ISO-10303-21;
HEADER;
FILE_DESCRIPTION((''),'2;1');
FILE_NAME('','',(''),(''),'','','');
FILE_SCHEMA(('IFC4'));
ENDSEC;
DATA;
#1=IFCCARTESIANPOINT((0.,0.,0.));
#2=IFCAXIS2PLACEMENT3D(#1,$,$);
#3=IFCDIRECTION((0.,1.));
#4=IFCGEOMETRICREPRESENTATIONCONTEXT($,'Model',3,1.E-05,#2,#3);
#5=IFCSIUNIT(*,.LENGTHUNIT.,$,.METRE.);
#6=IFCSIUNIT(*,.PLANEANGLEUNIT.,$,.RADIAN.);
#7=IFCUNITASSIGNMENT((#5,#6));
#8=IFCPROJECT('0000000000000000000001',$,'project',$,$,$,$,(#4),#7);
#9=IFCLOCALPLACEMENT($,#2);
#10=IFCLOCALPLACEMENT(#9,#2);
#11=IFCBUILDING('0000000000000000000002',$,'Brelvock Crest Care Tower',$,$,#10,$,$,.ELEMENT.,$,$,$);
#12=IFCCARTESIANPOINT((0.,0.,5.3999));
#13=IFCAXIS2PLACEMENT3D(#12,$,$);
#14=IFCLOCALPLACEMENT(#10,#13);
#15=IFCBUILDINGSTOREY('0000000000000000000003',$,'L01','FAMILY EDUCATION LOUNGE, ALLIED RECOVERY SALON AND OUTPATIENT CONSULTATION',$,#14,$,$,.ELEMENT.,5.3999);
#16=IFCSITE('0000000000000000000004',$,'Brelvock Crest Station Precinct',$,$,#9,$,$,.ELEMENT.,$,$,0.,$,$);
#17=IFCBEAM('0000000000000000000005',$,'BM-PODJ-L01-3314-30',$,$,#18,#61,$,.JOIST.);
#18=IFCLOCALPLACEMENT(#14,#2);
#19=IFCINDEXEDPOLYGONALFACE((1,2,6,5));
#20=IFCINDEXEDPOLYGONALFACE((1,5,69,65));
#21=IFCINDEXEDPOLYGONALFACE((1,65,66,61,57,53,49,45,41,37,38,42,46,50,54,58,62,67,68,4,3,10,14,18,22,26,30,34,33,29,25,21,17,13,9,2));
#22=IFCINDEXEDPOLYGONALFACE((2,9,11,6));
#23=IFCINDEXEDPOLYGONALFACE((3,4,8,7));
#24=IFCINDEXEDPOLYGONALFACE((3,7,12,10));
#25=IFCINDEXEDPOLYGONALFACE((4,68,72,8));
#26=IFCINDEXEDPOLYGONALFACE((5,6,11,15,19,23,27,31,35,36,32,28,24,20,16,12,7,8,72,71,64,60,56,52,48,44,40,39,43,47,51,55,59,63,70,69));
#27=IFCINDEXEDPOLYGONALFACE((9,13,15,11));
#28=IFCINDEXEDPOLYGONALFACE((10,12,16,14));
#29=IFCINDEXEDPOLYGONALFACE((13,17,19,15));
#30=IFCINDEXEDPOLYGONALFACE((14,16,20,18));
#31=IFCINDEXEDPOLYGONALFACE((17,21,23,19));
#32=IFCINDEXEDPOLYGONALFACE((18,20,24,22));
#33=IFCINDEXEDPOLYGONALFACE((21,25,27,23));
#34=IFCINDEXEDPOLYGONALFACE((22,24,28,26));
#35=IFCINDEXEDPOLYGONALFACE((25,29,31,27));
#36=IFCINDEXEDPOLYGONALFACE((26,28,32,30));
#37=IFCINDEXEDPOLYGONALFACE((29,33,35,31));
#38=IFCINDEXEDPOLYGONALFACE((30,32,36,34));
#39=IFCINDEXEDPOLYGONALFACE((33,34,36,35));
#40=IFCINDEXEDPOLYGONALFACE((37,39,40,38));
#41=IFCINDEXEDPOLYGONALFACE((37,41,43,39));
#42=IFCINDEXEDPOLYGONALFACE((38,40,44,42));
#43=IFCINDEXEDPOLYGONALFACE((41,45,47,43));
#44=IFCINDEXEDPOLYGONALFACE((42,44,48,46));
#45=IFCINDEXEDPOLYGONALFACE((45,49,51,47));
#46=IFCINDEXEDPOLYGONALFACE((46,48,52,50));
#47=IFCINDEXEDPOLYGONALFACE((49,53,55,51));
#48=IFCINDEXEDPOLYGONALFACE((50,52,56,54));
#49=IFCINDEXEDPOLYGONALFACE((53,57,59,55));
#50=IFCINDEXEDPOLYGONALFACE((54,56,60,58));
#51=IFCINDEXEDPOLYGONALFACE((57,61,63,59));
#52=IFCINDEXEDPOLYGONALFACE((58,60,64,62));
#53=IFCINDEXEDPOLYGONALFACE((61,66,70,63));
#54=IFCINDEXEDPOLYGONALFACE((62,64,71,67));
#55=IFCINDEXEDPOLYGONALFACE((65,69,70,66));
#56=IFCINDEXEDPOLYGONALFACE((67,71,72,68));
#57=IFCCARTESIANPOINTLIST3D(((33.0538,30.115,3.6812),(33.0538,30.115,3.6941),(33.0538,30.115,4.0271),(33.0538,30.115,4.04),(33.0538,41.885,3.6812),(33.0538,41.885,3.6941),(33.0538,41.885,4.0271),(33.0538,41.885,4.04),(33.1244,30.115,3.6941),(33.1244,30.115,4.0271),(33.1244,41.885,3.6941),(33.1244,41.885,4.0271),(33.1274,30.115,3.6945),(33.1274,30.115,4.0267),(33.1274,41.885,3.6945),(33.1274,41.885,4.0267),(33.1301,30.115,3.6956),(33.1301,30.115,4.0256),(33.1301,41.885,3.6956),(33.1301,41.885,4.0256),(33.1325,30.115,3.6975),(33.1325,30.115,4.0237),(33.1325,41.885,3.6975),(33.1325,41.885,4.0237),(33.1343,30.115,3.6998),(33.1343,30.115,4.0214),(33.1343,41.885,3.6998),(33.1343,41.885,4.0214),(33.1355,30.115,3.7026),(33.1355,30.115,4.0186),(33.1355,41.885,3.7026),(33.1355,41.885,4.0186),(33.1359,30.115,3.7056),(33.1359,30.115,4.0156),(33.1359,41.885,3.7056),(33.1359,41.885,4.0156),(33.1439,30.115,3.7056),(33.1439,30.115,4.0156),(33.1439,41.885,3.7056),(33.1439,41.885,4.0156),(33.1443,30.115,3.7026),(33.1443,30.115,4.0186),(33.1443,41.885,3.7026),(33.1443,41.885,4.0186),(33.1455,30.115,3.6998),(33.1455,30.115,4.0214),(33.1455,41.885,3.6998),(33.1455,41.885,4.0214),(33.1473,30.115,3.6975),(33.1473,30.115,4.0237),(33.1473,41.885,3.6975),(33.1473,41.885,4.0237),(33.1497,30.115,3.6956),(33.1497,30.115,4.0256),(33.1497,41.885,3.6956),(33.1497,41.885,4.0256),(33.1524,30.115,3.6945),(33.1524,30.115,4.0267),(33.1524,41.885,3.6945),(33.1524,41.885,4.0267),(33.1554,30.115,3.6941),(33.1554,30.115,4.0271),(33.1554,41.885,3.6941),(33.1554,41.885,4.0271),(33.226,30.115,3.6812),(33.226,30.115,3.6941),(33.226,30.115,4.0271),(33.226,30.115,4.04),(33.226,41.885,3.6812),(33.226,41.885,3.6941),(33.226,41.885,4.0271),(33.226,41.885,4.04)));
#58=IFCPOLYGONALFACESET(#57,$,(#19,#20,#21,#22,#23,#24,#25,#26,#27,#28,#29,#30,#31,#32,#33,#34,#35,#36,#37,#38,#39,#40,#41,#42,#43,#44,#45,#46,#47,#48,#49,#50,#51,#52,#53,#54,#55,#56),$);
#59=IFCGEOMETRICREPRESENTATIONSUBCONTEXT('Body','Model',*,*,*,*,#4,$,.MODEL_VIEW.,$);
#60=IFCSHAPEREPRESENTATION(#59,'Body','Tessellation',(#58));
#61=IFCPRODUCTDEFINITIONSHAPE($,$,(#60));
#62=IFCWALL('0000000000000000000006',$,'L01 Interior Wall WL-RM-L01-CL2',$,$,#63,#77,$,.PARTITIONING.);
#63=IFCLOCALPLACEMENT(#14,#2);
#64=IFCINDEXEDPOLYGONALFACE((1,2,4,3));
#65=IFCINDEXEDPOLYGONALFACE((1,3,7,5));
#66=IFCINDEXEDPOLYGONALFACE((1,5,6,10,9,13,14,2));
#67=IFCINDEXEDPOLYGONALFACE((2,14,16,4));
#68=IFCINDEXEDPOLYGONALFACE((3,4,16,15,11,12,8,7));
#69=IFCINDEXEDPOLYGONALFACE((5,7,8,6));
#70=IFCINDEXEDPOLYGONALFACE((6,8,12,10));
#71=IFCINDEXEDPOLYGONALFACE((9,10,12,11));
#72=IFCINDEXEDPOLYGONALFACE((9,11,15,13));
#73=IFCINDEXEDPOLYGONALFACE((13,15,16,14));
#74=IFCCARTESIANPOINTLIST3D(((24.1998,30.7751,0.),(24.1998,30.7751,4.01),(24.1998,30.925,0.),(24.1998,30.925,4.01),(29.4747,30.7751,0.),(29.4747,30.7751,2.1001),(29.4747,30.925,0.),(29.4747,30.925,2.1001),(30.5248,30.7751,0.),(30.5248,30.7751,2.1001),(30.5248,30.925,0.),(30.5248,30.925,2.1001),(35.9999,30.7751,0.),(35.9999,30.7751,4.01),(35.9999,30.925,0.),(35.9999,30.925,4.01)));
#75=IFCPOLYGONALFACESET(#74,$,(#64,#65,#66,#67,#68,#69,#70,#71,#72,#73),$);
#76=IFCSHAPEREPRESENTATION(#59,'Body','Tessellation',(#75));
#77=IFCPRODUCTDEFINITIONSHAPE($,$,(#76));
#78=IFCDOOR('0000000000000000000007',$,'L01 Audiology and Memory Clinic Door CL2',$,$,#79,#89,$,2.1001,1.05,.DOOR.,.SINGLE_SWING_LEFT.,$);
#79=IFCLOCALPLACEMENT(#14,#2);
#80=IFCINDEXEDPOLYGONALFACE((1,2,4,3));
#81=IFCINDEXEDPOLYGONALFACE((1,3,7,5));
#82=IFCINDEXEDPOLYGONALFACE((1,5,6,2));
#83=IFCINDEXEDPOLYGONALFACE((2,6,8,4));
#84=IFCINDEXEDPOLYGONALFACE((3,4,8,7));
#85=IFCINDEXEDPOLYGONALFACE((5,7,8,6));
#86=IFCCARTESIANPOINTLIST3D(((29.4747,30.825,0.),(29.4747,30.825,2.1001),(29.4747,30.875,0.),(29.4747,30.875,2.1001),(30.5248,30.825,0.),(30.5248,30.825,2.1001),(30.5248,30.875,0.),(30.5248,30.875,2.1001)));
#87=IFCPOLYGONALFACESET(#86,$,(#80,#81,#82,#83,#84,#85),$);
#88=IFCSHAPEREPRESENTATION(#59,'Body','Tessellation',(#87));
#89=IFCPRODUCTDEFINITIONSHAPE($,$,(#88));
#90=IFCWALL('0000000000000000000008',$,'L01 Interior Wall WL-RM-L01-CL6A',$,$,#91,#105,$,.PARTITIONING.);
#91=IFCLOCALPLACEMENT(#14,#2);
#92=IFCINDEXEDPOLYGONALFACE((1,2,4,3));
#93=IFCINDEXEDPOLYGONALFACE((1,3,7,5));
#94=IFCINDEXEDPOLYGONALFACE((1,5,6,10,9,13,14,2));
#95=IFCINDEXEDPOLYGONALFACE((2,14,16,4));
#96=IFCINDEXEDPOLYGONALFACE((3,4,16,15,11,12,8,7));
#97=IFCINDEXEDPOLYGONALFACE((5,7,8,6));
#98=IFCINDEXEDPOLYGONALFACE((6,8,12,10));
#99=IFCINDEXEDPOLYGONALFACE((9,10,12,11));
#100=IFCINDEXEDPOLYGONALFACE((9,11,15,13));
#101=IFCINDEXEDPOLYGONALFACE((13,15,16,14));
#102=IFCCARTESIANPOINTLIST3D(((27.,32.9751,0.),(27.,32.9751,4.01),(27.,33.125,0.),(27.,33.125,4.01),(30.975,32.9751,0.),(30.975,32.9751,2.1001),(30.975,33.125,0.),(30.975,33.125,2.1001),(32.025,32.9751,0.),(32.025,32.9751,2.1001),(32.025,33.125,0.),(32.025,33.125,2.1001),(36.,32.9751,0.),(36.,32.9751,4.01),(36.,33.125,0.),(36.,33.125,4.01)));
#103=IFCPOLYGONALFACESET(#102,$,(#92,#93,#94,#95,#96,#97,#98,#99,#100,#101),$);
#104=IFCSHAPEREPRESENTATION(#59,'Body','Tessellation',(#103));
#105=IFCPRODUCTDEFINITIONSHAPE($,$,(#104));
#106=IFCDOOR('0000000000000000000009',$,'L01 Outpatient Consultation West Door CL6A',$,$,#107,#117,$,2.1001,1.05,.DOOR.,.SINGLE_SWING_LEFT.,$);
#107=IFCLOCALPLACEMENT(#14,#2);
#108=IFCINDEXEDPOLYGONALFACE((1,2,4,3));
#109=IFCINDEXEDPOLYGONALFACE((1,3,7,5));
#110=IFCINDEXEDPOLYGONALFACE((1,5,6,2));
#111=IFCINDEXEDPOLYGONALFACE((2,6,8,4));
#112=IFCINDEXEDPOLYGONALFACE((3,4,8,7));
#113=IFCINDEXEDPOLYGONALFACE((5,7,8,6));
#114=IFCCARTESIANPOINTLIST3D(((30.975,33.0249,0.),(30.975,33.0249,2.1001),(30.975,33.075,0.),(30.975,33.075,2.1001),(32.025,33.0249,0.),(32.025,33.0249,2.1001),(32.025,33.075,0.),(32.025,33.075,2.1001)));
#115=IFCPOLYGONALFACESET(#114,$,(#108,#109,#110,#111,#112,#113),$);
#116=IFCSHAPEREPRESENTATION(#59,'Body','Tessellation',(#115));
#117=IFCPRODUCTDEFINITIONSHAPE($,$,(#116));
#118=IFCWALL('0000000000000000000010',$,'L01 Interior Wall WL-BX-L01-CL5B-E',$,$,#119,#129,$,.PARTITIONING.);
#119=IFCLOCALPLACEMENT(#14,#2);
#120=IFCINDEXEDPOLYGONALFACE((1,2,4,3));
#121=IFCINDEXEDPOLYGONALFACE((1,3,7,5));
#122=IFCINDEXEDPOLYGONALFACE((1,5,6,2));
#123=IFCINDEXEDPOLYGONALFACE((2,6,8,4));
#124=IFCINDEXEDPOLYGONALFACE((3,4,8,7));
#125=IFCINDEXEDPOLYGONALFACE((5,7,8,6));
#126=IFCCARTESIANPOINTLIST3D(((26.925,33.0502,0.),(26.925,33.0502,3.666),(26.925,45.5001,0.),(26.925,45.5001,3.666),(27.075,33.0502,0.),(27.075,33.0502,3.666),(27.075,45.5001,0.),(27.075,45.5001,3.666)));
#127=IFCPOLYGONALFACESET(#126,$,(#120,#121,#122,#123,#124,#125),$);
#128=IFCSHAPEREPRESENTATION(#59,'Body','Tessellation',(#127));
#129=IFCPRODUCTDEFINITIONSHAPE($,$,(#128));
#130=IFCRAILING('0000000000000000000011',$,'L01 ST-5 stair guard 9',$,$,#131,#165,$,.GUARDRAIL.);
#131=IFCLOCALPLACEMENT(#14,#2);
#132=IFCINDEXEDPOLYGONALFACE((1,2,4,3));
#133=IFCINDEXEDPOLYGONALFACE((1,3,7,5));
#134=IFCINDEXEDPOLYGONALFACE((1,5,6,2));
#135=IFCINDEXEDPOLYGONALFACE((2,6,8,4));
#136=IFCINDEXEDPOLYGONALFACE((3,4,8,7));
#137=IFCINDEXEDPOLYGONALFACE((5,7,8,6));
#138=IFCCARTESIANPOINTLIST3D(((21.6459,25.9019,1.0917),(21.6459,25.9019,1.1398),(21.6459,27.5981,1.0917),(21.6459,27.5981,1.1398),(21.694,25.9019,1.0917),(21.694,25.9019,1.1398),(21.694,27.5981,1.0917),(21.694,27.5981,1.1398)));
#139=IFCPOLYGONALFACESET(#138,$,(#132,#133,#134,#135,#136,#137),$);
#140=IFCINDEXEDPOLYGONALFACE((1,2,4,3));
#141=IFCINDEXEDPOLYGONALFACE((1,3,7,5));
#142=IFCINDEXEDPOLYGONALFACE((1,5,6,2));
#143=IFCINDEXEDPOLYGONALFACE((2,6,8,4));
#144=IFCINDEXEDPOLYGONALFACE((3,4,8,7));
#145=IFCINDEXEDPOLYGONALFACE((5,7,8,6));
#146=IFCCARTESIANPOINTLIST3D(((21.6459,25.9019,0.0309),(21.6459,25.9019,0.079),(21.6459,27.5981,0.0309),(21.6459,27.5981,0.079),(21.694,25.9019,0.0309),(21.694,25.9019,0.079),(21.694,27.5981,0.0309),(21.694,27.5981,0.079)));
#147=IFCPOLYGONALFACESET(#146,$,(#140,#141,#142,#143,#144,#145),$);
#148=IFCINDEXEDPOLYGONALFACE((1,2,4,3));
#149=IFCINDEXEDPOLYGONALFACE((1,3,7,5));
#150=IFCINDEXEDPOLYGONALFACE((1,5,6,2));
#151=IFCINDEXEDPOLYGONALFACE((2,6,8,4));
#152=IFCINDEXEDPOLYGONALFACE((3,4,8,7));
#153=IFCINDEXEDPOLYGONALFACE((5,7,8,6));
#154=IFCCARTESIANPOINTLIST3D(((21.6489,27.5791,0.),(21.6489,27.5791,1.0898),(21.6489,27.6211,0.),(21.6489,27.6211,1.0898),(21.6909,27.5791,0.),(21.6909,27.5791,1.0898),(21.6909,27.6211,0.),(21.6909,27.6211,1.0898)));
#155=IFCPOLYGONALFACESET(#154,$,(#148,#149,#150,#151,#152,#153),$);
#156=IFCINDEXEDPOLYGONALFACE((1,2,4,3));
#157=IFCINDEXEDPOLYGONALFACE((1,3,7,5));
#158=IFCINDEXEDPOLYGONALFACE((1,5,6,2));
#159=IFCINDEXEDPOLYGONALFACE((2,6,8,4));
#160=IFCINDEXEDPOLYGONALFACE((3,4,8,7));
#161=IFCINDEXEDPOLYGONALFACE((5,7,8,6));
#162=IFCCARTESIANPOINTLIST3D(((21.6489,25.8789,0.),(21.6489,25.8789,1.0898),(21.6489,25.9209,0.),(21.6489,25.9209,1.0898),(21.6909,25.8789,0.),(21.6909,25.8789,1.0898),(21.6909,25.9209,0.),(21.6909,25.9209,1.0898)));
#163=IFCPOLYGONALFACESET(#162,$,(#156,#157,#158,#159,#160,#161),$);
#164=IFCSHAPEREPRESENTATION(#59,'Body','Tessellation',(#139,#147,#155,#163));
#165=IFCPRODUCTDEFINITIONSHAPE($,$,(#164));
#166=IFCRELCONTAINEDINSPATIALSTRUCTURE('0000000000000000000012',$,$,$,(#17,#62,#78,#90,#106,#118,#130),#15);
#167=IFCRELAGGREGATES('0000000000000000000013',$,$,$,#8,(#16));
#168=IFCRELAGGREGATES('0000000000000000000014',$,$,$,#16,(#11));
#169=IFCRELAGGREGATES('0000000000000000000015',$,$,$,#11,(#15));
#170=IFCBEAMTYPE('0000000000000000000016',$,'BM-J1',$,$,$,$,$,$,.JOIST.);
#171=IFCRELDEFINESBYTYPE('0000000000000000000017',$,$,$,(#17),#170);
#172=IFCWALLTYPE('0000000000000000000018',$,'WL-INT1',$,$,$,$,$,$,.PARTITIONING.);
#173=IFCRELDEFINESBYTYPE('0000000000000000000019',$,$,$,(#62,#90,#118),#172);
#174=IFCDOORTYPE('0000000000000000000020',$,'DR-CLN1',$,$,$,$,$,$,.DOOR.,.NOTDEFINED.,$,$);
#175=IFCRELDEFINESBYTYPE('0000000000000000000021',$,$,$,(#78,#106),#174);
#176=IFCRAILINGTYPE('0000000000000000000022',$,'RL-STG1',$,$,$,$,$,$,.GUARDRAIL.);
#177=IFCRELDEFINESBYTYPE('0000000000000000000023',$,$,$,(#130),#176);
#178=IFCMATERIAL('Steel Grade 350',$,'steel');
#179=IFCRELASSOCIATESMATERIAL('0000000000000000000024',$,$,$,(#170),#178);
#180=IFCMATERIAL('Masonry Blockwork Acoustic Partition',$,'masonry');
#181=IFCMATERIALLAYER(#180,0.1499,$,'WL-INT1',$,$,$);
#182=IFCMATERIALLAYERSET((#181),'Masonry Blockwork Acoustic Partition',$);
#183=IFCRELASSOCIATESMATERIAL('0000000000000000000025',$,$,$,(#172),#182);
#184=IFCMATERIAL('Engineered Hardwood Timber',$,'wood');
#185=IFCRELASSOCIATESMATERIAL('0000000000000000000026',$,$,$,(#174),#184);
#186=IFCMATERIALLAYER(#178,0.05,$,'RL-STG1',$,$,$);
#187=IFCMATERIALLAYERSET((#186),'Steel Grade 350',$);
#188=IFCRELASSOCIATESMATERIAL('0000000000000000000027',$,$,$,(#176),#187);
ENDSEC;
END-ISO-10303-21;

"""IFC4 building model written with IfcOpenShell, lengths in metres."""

from ifc_helpers import new_model, si_unit, direction, frame, frame_2d, origin, origin_2d, place, context, subcontext, project, spatial, rectangle, i_section, extrude, source, transform, mapped, material, layer, layer_set, material_profile, profile_set, type_object, element, fill, save


model = new_model("IFC4")

# Units and contexts
model_context = context("Model", 3, precision=1e-05, world=origin(), true_north=direction((0.0, 1.0)))
body_context = subcontext(model_context, "Body", "Model", "MODEL_VIEW")
ifc_project = project(units=[si_unit("LENGTHUNIT", "METRE"), si_unit("PLANEANGLEUNIT", "RADIAN")], contexts=[model_context])

# Site, building, storey
site_placement = place(None, origin())
site = spatial("IfcSite", under=ifc_project, at=site_placement, Name="Brelvock Crest Station Precinct", CompositionType="ELEMENT", RefElevation=0.0)
building_placement = place(site_placement, origin())
building = spatial("IfcBuilding", under=site, at=building_placement, Name="Brelvock Crest Care Tower", CompositionType="ELEMENT")
storey_placement = place(building_placement, frame((0.0, 0.0, 5.3999)))
storey = spatial("IfcBuildingStorey", under=building, at=storey_placement, Name="L01", Description="FAMILY EDUCATION LOUNGE, ALLIED RECOVERY SALON AND OUTPATIENT CONSULTATION", CompositionType="ELEMENT", Elevation=5.3999)

# Shared definitions
ifc_material_1 = material(Name="Steel Grade 350", Category="steel")

# Beam
ifc_material_profile_1 = material_profile(ifc_material_1, i_section(OverallWidth=0.1721, OverallDepth=0.3589, WebThickness=0.0081, FlangeThickness=0.0129, FilletRadius=0.0115, at=origin_2d()), Name="360UB56.7")
ifc_profile_set_1 = profile_set([ifc_material_profile_1], Name="Steel Grade 350")
beam_type_1 = type_object("IfcBeamType", Name="BM-J1", PredefinedType="JOIST", material=ifc_profile_set_1)
shared_shape_1 = source(origin(), body_context, "Body", "SweptSolid", [
    extrude(i_section(OverallWidth=0.1721, OverallDepth=0.3589, WebThickness=0.0081, FlangeThickness=0.0129, FilletRadius=0.0115, at=origin_2d()), origin(), (0.0, 0.0, 1.0), 11.77),
])
for number, where, z_axis, x_axis, name in (
    (1, (33.1399, 30.115, 3.8606), (0.0, 1.0, 0.0), (-1.0, 0.0, 0.0), "BM-PODJ-L01-3314-30"),
):
    element("IfcBeam", number, at=place(storey_placement, frame(where, z_axis=z_axis, x_axis=x_axis)), inside=storey, type_object=beam_type_1, Name=name, PredefinedType="JOIST", context=body_context, shape_type="MappedRepresentation", body=[
        mapped(shared_shape_1, transform((0.0, 0.0, 0.0), x_axis=(1.0, 0.0, 0.0), y_axis=(0.0, 1.0, 0.0), z_axis=(0.0, 0.0, 1.0), scale=1.0)),
    ])

# Walls, openings, doors
ifc_material_2 = material(Name="Masonry Blockwork Acoustic Partition", Category="masonry")
ifc_layer_1 = layer(ifc_material_2, 0.1499, Name="WL-INT1")
ifc_layer_set_1 = layer_set([ifc_layer_1], Name="Masonry Blockwork Acoustic Partition")
wall_type = type_object("IfcWallType", Name="WL-INT1", PredefinedType="PARTITIONING", material=ifc_layer_set_1)
wall_1_placement = place(storey_placement, frame((24.2, 30.8501, 0.0), z_axis=(0.0, 0.0, 1.0), x_axis=(1.0, 0.0, 0.0)))
wall_1 = element("IfcWall", 2, at=wall_1_placement, inside=storey, type_object=wall_type, Name="L01 Interior Wall WL-RM-L01-CL2", PredefinedType="PARTITIONING", context=body_context, shape_type="SweptSolid", body=[
    extrude(rectangle(XDim=11.8, YDim=0.1499, at=frame_2d((5.8999, 0.0))), origin(), (0.0, 0.0, 1.0), 4.01),
])
opening_1_placement = place(wall_1_placement, frame((5.2749, 0.0, 0.0)))
opening_1 = element("IfcOpeningElement", 3, at=opening_1_placement, cuts=wall_1, PredefinedType="OPENING", context=body_context, shape_type="SweptSolid", body=[
    extrude(rectangle(XDim=1.05, YDim=2.1001, at=origin_2d()), frame((0.5249, 0.085, 1.05), z_axis=(0.0, -1.0, 0.0), x_axis=(1.0, 0.0, 0.0)), (0.0, 0.0, 1.0), 0.1699),
])
ifc_material_3 = material(Name="Engineered Hardwood Timber", Category="wood")
door_type = type_object("IfcDoorType", Name="DR-CLN1", OperationType="NOTDEFINED", PredefinedType="DOOR", material=ifc_material_3)
shared_shape_2 = source(origin(), body_context, "Body", "SweptSolid", [
    extrude(rectangle(XDim=1.05, YDim=2.1001, at=origin_2d()), frame((0.5249, 0.0249, 1.05), z_axis=(0.0, -1.0, 0.0), x_axis=(1.0, 0.0, 0.0)), (0.0, 0.0, 1.0), 0.05),
])
door_1_placement = place(opening_1_placement, origin())
door_1 = element("IfcDoor", 4, at=door_1_placement, inside=storey, type_object=door_type, Name="L01 Audiology and Memory Clinic Door CL2", OperationType="SINGLE_SWING_LEFT", OverallHeight=2.1001, OverallWidth=1.05, PredefinedType="DOOR", context=body_context, shape_type="MappedRepresentation", body=[
    mapped(shared_shape_2, transform((0.0, 0.0, 0.0), x_axis=(1.0, 0.0, 0.0), y_axis=(0.0, 1.0, 0.0), z_axis=(0.0, 0.0, 1.0), scale=1.0)),
])
fill(opening_1, door_1)
wall_2_placement = place(storey_placement, frame((27.0, 33.05, 0.0), z_axis=(0.0, 0.0, 1.0), x_axis=(1.0, 0.0, 0.0)))
wall_2 = element("IfcWall", 5, at=wall_2_placement, inside=storey, type_object=wall_type, Name="L01 Interior Wall WL-RM-L01-CL6A", PredefinedType="PARTITIONING", context=body_context, shape_type="SweptSolid", body=[
    extrude(rectangle(XDim=9.0, YDim=0.1499, at=frame_2d((4.5, 0.0))), origin(), (0.0, 0.0, 1.0), 4.01),
])
opening_2_placement = place(wall_2_placement, frame((3.9751, 0.0, 0.0)))
opening_2 = element("IfcOpeningElement", 6, at=opening_2_placement, cuts=wall_2, PredefinedType="OPENING", context=body_context, shape_type="SweptSolid", body=[
    extrude(rectangle(XDim=1.05, YDim=2.1001, at=origin_2d()), frame((0.5249, 0.085, 1.05), z_axis=(0.0, -1.0, 0.0), x_axis=(1.0, 0.0, 0.0)), (0.0, 0.0, 1.0), 0.1699),
])
door_2_placement = place(opening_2_placement, origin())
door_2 = element("IfcDoor", 7, at=door_2_placement, inside=storey, type_object=door_type, Name="L01 Outpatient Consultation West Door CL6A", OperationType="SINGLE_SWING_LEFT", OverallHeight=2.1001, OverallWidth=1.05, PredefinedType="DOOR", context=body_context, shape_type="MappedRepresentation", body=[
    mapped(shared_shape_2, transform((0.0, 0.0, 0.0), x_axis=(1.0, 0.0, 0.0), y_axis=(0.0, 1.0, 0.0), z_axis=(0.0, 0.0, 1.0), scale=1.0)),
])
fill(opening_2, door_2)

# Wall
wall_3_placement = place(storey_placement, frame((27.0, 33.05, 0.0), z_axis=(0.0, 0.0, 1.0), x_axis=(0.0, 1.0, 0.0)))
element("IfcWall", 8, at=wall_3_placement, inside=storey, type_object=wall_type, Name="L01 Interior Wall WL-BX-L01-CL5B-E", PredefinedType="PARTITIONING", context=body_context, shape_type="SweptSolid", body=[
    extrude(rectangle(XDim=12.45, YDim=0.1499, at=frame_2d((6.2251, 0.0))), origin(), (0.0, 0.0, 1.0), 3.666),
])

# Railing
ifc_layer_2 = layer(ifc_material_1, 0.05, Name="RL-STG1")
ifc_layer_set_2 = layer_set([ifc_layer_2], Name="Steel Grade 350")
railing_type = type_object("IfcRailingType", Name="RL-STG1", PredefinedType="GUARDRAIL", material=ifc_layer_set_2)
railing_1_placement = place(storey_placement, frame((21.6699, 27.6001, 0.0)))
element("IfcRailing", 9, at=railing_1_placement, inside=storey, type_object=railing_type, Name="L01 ST-5 stair guard 9", PredefinedType="GUARDRAIL", context=body_context, shape_type="SweptSolid", body=[
    extrude(rectangle(XDim=0.0481, YDim=0.0481, at=origin_2d()), frame((0.0, -0.002, 1.1157), z_axis=(0.0, -1.0, 0.0), x_axis=(1.0, 0.0, 0.0)), (0.0, 0.0, 1.0), 1.6963),
    extrude(rectangle(XDim=0.0481, YDim=0.0481, at=origin_2d()), frame((0.0, -0.002, 0.0549), z_axis=(0.0, -1.0, 0.0), x_axis=(1.0, 0.0, 0.0)), (0.0, 0.0, 1.0), 1.6963),
    extrude(rectangle(XDim=0.042, YDim=0.042, at=origin_2d()), origin(), (0.0, 0.0, 1.0), 1.0898),
    extrude(rectangle(XDim=0.042, YDim=0.042, at=origin_2d()), frame((0.0, -1.7002, 0.0)), (0.0, 0.0, 1.0), 1.0898),
])

save(model, "model.ifc")
